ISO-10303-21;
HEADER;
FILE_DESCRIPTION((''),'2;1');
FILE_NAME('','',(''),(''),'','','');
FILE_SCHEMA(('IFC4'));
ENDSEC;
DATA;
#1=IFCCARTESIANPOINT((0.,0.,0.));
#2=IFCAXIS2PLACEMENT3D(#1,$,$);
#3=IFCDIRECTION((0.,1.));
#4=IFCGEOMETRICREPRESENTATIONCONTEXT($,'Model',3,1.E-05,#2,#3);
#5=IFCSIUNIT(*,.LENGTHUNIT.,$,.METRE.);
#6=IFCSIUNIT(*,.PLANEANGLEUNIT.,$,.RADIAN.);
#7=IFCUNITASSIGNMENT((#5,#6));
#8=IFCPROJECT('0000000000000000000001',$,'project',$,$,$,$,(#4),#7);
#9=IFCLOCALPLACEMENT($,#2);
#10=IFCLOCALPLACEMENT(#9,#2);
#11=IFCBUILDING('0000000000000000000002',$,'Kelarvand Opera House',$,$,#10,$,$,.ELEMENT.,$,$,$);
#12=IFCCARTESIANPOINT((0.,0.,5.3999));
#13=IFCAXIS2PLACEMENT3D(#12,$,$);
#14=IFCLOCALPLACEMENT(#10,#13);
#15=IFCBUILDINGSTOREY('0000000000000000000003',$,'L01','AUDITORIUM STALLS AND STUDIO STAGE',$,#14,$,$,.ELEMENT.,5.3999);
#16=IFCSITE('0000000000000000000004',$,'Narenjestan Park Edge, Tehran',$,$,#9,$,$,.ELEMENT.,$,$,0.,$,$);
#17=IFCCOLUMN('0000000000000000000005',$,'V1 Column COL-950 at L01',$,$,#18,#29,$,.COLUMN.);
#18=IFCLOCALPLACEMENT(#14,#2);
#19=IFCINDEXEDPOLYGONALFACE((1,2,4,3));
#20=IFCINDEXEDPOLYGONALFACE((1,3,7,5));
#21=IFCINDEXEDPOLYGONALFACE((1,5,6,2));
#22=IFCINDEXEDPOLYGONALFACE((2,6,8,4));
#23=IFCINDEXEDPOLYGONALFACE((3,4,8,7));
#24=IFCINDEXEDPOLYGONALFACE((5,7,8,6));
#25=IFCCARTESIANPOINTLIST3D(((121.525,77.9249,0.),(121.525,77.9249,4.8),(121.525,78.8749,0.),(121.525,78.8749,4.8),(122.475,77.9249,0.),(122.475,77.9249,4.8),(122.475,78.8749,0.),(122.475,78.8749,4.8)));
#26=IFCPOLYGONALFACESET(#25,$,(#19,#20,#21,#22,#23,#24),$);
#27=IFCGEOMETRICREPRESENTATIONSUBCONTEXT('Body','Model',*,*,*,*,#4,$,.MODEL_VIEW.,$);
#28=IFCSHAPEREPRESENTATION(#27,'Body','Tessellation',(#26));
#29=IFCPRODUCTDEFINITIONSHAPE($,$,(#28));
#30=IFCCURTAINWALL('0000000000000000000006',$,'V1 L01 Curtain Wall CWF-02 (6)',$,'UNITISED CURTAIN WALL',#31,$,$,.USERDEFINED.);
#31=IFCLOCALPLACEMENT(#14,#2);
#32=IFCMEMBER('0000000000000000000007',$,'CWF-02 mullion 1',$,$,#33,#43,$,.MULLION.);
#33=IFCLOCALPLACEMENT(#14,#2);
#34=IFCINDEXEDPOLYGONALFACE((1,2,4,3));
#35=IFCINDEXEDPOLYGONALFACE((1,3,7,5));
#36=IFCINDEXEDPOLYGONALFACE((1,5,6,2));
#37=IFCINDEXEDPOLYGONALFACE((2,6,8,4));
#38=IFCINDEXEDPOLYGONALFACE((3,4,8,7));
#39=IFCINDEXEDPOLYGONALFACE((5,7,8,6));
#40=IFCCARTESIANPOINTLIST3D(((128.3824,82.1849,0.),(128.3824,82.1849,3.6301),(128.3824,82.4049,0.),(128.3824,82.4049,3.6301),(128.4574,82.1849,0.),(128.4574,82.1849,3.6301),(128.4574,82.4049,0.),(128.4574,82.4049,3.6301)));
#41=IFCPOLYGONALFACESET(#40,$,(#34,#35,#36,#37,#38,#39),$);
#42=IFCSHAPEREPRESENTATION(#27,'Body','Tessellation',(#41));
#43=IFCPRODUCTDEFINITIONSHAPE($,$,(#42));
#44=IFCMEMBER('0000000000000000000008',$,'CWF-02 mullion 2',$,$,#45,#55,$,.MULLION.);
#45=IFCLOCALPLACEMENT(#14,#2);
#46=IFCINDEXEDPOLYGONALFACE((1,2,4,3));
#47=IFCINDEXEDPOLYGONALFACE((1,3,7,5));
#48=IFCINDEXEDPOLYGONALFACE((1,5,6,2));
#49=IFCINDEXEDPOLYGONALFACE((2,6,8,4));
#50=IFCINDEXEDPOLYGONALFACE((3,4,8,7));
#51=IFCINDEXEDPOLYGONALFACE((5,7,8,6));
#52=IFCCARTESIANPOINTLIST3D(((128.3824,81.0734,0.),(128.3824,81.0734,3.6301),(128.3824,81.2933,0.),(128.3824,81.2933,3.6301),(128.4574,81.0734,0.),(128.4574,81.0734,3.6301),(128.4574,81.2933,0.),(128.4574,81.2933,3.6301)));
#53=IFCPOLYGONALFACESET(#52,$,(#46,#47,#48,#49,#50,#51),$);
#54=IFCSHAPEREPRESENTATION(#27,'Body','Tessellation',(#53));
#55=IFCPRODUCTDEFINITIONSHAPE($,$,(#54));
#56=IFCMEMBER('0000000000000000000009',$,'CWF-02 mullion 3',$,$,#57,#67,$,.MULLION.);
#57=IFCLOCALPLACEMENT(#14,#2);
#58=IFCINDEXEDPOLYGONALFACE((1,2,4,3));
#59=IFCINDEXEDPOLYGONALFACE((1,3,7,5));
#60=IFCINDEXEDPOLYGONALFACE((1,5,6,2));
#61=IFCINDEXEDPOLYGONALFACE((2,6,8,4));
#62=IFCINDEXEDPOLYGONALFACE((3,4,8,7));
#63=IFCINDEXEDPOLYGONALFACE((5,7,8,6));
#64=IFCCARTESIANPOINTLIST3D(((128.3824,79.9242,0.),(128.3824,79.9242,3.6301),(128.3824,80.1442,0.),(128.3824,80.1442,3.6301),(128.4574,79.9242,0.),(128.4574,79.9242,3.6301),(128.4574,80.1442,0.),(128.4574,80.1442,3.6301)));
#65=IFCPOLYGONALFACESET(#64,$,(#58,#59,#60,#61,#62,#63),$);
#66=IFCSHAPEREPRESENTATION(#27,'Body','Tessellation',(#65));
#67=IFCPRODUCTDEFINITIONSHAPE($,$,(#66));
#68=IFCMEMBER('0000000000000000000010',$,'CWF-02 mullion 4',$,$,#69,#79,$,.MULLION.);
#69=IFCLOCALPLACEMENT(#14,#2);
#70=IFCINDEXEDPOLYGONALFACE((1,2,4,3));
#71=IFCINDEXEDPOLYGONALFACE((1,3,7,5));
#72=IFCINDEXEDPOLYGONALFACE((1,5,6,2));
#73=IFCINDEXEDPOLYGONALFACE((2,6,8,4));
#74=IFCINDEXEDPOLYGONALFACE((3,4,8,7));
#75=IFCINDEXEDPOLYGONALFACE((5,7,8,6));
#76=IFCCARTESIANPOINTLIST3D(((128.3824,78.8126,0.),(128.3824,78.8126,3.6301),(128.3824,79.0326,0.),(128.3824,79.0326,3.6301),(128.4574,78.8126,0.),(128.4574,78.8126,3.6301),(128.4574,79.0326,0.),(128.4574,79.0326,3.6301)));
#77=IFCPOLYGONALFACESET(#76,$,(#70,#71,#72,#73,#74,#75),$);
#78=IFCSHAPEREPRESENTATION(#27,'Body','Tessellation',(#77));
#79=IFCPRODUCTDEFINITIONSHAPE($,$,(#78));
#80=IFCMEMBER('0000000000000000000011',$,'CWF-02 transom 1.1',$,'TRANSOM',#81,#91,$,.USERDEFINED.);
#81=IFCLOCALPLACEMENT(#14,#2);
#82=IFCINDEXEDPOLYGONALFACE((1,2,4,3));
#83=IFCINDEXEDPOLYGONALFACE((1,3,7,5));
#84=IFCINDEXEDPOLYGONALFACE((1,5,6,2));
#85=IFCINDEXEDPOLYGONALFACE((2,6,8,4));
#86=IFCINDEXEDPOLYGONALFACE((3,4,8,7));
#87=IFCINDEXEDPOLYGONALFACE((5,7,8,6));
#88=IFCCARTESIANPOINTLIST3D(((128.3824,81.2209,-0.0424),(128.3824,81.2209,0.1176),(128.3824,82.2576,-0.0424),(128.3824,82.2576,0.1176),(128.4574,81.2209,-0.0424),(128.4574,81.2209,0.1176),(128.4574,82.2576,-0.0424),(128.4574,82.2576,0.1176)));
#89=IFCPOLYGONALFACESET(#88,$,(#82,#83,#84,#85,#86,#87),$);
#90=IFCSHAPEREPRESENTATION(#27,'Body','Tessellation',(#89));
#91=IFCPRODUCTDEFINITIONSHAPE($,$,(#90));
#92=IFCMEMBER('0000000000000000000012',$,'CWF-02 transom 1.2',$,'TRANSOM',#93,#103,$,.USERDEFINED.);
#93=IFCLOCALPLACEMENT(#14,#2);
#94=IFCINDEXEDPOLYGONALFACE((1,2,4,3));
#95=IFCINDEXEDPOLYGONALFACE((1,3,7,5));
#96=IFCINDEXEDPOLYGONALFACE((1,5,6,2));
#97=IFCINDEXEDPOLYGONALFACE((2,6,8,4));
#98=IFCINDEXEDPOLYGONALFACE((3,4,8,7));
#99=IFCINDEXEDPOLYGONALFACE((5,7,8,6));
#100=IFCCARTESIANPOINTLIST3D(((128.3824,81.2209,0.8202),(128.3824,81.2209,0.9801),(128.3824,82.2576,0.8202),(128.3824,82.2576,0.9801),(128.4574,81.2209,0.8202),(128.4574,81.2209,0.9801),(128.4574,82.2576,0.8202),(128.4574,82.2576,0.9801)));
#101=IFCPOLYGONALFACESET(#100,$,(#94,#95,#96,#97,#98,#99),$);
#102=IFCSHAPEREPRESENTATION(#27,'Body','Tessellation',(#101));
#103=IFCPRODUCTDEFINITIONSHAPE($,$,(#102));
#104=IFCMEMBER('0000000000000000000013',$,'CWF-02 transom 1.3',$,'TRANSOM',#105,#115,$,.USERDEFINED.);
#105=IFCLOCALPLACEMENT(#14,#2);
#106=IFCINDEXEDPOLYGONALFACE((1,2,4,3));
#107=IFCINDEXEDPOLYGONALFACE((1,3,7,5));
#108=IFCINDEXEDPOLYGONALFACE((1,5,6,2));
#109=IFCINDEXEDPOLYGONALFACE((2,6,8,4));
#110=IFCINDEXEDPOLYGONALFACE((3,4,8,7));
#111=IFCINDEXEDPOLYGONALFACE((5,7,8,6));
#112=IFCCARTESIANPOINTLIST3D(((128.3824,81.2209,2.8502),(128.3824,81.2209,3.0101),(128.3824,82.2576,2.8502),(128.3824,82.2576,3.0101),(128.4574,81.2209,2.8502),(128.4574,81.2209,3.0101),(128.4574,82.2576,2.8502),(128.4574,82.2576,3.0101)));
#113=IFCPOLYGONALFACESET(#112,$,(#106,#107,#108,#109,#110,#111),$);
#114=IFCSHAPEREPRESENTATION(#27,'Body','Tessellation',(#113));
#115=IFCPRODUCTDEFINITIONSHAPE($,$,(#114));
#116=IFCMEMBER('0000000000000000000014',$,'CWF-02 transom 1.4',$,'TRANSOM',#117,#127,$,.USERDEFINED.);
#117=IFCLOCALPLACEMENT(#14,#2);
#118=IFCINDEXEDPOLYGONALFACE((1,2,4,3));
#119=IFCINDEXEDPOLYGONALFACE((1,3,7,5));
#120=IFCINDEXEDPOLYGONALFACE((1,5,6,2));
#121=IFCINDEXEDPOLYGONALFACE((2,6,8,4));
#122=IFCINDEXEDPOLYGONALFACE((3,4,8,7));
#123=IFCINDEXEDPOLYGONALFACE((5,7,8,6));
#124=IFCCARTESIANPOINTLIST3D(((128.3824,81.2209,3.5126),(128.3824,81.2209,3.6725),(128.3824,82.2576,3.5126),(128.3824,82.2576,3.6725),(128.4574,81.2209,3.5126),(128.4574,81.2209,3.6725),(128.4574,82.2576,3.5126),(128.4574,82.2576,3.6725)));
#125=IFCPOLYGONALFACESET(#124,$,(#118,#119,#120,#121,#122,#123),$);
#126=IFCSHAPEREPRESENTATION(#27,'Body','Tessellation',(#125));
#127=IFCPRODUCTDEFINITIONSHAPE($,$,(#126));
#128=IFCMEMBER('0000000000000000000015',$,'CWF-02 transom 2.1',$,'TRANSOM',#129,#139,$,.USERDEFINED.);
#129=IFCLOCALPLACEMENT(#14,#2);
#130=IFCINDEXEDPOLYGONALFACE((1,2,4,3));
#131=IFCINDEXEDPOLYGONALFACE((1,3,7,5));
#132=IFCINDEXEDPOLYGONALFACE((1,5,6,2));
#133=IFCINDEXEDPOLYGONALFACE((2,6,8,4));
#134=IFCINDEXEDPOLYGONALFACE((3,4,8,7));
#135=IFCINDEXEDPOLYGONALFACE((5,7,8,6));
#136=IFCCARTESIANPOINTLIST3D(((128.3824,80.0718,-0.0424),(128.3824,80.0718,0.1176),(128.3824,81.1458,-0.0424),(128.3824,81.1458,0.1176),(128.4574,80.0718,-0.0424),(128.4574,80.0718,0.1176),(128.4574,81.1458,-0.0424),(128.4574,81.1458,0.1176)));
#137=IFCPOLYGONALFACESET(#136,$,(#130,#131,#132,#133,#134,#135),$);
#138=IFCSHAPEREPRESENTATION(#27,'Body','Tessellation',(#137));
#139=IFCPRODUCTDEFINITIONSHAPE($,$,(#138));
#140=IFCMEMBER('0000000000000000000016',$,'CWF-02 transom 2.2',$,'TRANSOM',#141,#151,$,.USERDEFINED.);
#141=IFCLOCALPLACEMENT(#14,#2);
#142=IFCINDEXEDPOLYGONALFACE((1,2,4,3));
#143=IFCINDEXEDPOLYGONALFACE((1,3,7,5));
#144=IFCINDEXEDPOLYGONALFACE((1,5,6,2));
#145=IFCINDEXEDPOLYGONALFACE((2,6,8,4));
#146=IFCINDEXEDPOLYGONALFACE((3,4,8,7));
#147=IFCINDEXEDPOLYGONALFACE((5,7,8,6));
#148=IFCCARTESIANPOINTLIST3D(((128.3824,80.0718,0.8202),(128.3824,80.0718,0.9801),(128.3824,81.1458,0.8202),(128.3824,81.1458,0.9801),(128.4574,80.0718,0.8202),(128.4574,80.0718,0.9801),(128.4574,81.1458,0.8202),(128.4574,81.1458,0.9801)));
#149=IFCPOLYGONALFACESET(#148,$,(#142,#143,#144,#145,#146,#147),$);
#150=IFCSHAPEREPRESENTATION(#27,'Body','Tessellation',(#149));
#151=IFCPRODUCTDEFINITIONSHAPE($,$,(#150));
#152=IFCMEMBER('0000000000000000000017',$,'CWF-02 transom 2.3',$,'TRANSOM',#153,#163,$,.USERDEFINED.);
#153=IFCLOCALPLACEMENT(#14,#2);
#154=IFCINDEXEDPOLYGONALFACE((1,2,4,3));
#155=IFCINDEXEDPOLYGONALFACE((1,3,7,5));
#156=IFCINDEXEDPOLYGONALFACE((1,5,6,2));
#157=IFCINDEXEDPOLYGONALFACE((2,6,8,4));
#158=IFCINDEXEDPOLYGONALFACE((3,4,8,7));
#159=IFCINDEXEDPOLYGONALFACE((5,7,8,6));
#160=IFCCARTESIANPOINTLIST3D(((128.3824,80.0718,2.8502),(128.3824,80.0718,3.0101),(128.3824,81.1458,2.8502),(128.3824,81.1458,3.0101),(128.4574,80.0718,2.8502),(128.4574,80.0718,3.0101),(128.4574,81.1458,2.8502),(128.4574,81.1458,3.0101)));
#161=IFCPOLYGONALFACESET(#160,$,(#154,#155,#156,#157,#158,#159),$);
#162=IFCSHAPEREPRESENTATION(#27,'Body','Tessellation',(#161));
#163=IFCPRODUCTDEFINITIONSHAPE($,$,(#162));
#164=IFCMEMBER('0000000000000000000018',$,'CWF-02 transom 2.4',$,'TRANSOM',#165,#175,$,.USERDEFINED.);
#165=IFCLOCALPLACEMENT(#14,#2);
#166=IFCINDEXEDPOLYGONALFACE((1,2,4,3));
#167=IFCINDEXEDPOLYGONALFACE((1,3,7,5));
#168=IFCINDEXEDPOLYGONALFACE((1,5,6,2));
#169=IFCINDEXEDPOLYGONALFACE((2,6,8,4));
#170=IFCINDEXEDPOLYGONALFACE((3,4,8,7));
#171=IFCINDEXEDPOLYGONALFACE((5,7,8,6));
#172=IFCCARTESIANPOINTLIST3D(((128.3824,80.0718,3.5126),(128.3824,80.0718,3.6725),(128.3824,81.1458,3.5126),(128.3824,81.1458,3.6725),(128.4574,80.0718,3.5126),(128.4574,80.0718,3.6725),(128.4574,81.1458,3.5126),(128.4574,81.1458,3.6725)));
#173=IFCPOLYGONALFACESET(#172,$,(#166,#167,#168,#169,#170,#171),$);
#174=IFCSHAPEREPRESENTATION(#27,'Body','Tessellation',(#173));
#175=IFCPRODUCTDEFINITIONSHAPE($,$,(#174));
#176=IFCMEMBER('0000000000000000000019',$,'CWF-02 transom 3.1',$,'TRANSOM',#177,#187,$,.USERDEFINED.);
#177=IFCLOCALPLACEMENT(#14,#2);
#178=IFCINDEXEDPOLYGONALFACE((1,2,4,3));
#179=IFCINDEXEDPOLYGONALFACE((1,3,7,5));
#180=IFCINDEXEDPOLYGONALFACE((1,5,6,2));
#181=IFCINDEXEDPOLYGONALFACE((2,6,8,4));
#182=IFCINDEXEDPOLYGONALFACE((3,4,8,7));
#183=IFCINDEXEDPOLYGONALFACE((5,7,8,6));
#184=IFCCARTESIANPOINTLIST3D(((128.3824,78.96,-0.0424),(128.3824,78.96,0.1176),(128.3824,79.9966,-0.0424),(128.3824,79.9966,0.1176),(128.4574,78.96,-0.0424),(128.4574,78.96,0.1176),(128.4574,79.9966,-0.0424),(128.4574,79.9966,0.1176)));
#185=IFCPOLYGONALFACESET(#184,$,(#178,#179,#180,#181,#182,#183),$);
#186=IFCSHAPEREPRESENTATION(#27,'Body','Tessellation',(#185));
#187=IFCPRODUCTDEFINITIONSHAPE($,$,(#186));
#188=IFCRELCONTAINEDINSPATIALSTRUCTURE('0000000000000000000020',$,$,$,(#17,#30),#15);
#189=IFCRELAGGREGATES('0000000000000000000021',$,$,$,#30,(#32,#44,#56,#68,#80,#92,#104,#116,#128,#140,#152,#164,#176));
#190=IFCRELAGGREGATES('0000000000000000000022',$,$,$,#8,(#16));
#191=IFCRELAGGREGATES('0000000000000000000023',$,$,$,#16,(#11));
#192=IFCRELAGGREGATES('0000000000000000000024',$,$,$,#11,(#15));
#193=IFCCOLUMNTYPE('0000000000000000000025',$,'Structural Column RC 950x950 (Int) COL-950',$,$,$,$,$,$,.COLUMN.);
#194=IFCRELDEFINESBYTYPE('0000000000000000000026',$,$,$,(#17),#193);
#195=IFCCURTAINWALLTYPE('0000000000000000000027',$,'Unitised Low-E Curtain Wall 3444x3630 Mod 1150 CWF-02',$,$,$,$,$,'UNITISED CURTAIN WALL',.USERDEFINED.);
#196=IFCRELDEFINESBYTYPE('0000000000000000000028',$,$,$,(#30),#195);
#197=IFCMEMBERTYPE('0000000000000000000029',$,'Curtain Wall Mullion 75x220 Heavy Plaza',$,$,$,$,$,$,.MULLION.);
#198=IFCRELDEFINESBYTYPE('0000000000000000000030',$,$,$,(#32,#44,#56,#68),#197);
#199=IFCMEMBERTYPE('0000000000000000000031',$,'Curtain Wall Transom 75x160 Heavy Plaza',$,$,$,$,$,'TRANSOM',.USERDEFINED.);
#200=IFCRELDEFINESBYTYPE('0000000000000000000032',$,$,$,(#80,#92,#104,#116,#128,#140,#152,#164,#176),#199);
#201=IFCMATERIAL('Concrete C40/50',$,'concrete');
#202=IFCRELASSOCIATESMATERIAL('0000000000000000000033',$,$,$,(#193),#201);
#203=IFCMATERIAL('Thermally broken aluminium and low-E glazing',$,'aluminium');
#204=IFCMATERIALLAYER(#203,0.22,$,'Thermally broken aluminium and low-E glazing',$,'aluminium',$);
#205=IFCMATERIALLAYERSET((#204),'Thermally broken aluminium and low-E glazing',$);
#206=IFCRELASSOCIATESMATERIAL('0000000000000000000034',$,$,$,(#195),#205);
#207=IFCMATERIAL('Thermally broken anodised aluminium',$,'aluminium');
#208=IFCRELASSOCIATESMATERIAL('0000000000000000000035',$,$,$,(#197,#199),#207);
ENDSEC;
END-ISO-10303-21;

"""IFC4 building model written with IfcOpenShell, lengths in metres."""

from ifc_helpers import new_model, si_unit, direction, frame, origin, origin_2d, place, context, subcontext, project, spatial, rectangle, extrude, material, layer, layer_set, material_profile, profile_set, type_object, element, aggregate, save


model = new_model("IFC4")

# Units and contexts
model_context = context("Model", 3, precision=1e-05, world=origin(), true_north=direction((0.0, 1.0)))
body_context = subcontext(model_context, "Body", "Model", "MODEL_VIEW")
ifc_project = project(units=[si_unit("LENGTHUNIT", "METRE"), si_unit("PLANEANGLEUNIT", "RADIAN")], contexts=[model_context])

# Site, building, storey
site_placement = place(None, origin())
site = spatial("IfcSite", under=ifc_project, at=site_placement, Name="Narenjestan Park Edge, Tehran", CompositionType="ELEMENT", RefElevation=0.0)
building_placement = place(site_placement, origin())
building = spatial("IfcBuilding", under=site, at=building_placement, Name="Kelarvand Opera House", CompositionType="ELEMENT")
storey_placement = place(building_placement, frame((0.0, 0.0, 5.3999)))
storey = spatial("IfcBuildingStorey", under=building, at=storey_placement, Name="L01", Description="AUDITORIUM STALLS AND STUDIO STAGE", CompositionType="ELEMENT", Elevation=5.3999)

# Column
ifc_material_1 = material(Name="Concrete C40/50", Category="concrete")
ifc_material_profile_1 = material_profile(ifc_material_1, rectangle(XDim=0.95, YDim=0.95, at=origin_2d()), Name="RC 950x950", Category="concrete")
ifc_profile_set_1 = profile_set([ifc_material_profile_1], Name="Concrete C40/50")
column_type = type_object("IfcColumnType", Name="Structural Column RC 950x950 (Int) COL-950", PredefinedType="COLUMN", material=ifc_profile_set_1)
column_placement = place(storey_placement, frame((122.0, 78.3999, 0.0), z_axis=(0.0, 0.0, 1.0), x_axis=(1.0, 0.0, 0.0)))
element("IfcColumn", 1, at=column_placement, inside=storey, type_object=column_type, Name="V1 Column COL-950 at L01", PredefinedType="COLUMN", context=body_context, shape_type="SweptSolid", body=[
    extrude(rectangle(XDim=0.95, YDim=0.95, at=origin_2d()), origin(), (0.0, 0.0, 1.0), 4.8),
])

# Curtain wall, members
ifc_material_2 = material(Name="Thermally broken aluminium and low-E glazing", Category="aluminium")
ifc_layer_1 = layer(ifc_material_2, 0.22, Name="Thermally broken aluminium and low-E glazing", Category="aluminium")
ifc_layer_set_1 = layer_set([ifc_layer_1], Name="Thermally broken aluminium and low-E glazing")
curtain_wall_type = type_object("IfcCurtainWallType", Name="Unitised Low-E Curtain Wall 3444x3630 Mod 1150 CWF-02", ElementType="UNITISED CURTAIN WALL", PredefinedType="USERDEFINED", material=ifc_layer_set_1)
curtain_wall_placement = place(storey_placement, origin())
curtain_wall = element("IfcCurtainWall", 2, at=curtain_wall_placement, inside=storey, type_object=curtain_wall_type, Name="V1 L01 Curtain Wall CWF-02 (6)", ObjectType="UNITISED CURTAIN WALL", PredefinedType="USERDEFINED")
ifc_material_3 = material(Name="Thermally broken anodised aluminium", Category="aluminium")
ifc_material_profile_2 = material_profile(ifc_material_3, rectangle(XDim=0.075, YDim=0.22, at=origin_2d()), Name="ALU MULLION 75x220", Category="aluminium")
ifc_profile_set_2 = profile_set([ifc_material_profile_2], Name="Thermally broken anodised aluminium")
member_type_1 = type_object("IfcMemberType", Name="Curtain Wall Mullion 75x220 Heavy Plaza", PredefinedType="MULLION", material=ifc_profile_set_2)
member_1_placement = place(storey_placement, frame((128.4199, 82.2949, 0.0), z_axis=(0.0, 0.0, 1.0), x_axis=(1.0, 0.0, 0.0)))
member_1 = element("IfcMember", 3, at=member_1_placement, type_object=member_type_1, Name="CWF-02 mullion 1", PredefinedType="MULLION", context=body_context, shape_type="SweptSolid", body=[
    extrude(rectangle(XDim=0.075, YDim=0.22, at=origin_2d()), origin(), (0.0, 0.0, 1.0), 3.6301),
])
member_2_placement = place(storey_placement, frame((128.4199, 81.1833, 0.0), z_axis=(0.0, 0.0, 1.0), x_axis=(1.0, 0.0, 0.0)))
member_2 = element("IfcMember", 4, at=member_2_placement, type_object=member_type_1, Name="CWF-02 mullion 2", PredefinedType="MULLION", context=body_context, shape_type="SweptSolid", body=[
    extrude(rectangle(XDim=0.075, YDim=0.22, at=origin_2d()), origin(), (0.0, 0.0, 1.0), 3.6301),
])
member_3_placement = place(storey_placement, frame((128.4199, 80.0342, 0.0), z_axis=(0.0, 0.0, 1.0), x_axis=(1.0, 0.0, 0.0)))
member_3 = element("IfcMember", 5, at=member_3_placement, type_object=member_type_1, Name="CWF-02 mullion 3", PredefinedType="MULLION", context=body_context, shape_type="SweptSolid", body=[
    extrude(rectangle(XDim=0.075, YDim=0.22, at=origin_2d()), origin(), (0.0, 0.0, 1.0), 3.6301),
])
member_4_placement = place(storey_placement, frame((128.4199, 78.9226, 0.0), z_axis=(0.0, 0.0, 1.0), x_axis=(1.0, 0.0, 0.0)))
member_4 = element("IfcMember", 6, at=member_4_placement, type_object=member_type_1, Name="CWF-02 mullion 4", PredefinedType="MULLION", context=body_context, shape_type="SweptSolid", body=[
    extrude(rectangle(XDim=0.075, YDim=0.22, at=origin_2d()), origin(), (0.0, 0.0, 1.0), 3.6301),
])
ifc_material_profile_3 = material_profile(ifc_material_3, rectangle(XDim=0.075, YDim=0.1599, at=origin_2d()), Name="ALU TRANSOM 75x160", Category="aluminium")
ifc_profile_set_3 = profile_set([ifc_material_profile_3], Name="Thermally broken anodised aluminium")
member_type_2 = type_object("IfcMemberType", Name="Curtain Wall Transom 75x160 Heavy Plaza", ElementType="TRANSOM", PredefinedType="USERDEFINED", material=ifc_profile_set_3)
member_5_placement = place(storey_placement, frame((128.4199, 82.2576, 0.0376), z_axis=(0.0, -1.0, 0.0), x_axis=(1.0, 0.0, 0.0)))
member_5 = element("IfcMember", 7, at=member_5_placement, type_object=member_type_2, Name="CWF-02 transom 1.1", ObjectType="TRANSOM", PredefinedType="USERDEFINED", context=body_context, shape_type="SweptSolid", body=[
    extrude(rectangle(XDim=0.075, YDim=0.1599, at=origin_2d()), origin(), (0.0, 0.0, 1.0), 1.0366),
])
member_6_placement = place(storey_placement, frame((128.4199, 82.2576, 0.9001), z_axis=(0.0, -1.0, 0.0), x_axis=(1.0, 0.0, 0.0)))
member_6 = element("IfcMember", 8, at=member_6_placement, type_object=member_type_2, Name="CWF-02 transom 1.2", ObjectType="TRANSOM", PredefinedType="USERDEFINED", context=body_context, shape_type="SweptSolid", body=[
    extrude(rectangle(XDim=0.075, YDim=0.1599, at=origin_2d()), origin(), (0.0, 0.0, 1.0), 1.0366),
])
member_7_placement = place(storey_placement, frame((128.4199, 82.2576, 2.9302), z_axis=(0.0, -1.0, 0.0), x_axis=(1.0, 0.0, 0.0)))
member_7 = element("IfcMember", 9, at=member_7_placement, type_object=member_type_2, Name="CWF-02 transom 1.3", ObjectType="TRANSOM", PredefinedType="USERDEFINED", context=body_context, shape_type="SweptSolid", body=[
    extrude(rectangle(XDim=0.075, YDim=0.1599, at=origin_2d()), origin(), (0.0, 0.0, 1.0), 1.0366),
])
member_8_placement = place(storey_placement, frame((128.4199, 82.2576, 3.5925), z_axis=(0.0, -1.0, 0.0), x_axis=(1.0, 0.0, 0.0)))
member_8 = element("IfcMember", 10, at=member_8_placement, type_object=member_type_2, Name="CWF-02 transom 1.4", ObjectType="TRANSOM", PredefinedType="USERDEFINED", context=body_context, shape_type="SweptSolid", body=[
    extrude(rectangle(XDim=0.075, YDim=0.1599, at=origin_2d()), origin(), (0.0, 0.0, 1.0), 1.0366),
])
member_9_placement = place(storey_placement, frame((128.4199, 81.1458, 0.0376), z_axis=(0.0, -1.0, 0.0), x_axis=(1.0, 0.0, 0.0)))
member_9 = element("IfcMember", 11, at=member_9_placement, type_object=member_type_2, Name="CWF-02 transom 2.1", ObjectType="TRANSOM", PredefinedType="USERDEFINED", context=body_context, shape_type="SweptSolid", body=[
    extrude(rectangle(XDim=0.075, YDim=0.1599, at=origin_2d()), origin(), (0.0, 0.0, 1.0), 1.074),
])
member_10_placement = place(storey_placement, frame((128.4199, 81.1458, 0.9001), z_axis=(0.0, -1.0, 0.0), x_axis=(1.0, 0.0, 0.0)))
member_10 = element("IfcMember", 12, at=member_10_placement, type_object=member_type_2, Name="CWF-02 transom 2.2", ObjectType="TRANSOM", PredefinedType="USERDEFINED", context=body_context, shape_type="SweptSolid", body=[
    extrude(rectangle(XDim=0.075, YDim=0.1599, at=origin_2d()), origin(), (0.0, 0.0, 1.0), 1.074),
])
member_11_placement = place(storey_placement, frame((128.4199, 81.1458, 2.9302), z_axis=(0.0, -1.0, 0.0), x_axis=(1.0, 0.0, 0.0)))
member_11 = element("IfcMember", 13, at=member_11_placement, type_object=member_type_2, Name="CWF-02 transom 2.3", ObjectType="TRANSOM", PredefinedType="USERDEFINED", context=body_context, shape_type="SweptSolid", body=[
    extrude(rectangle(XDim=0.075, YDim=0.1599, at=origin_2d()), origin(), (0.0, 0.0, 1.0), 1.074),
])
member_12_placement = place(storey_placement, frame((128.4199, 81.1458, 3.5925), z_axis=(0.0, -1.0, 0.0), x_axis=(1.0, 0.0, 0.0)))
member_12 = element("IfcMember", 14, at=member_12_placement, type_object=member_type_2, Name="CWF-02 transom 2.4", ObjectType="TRANSOM", PredefinedType="USERDEFINED", context=body_context, shape_type="SweptSolid", body=[
    extrude(rectangle(XDim=0.075, YDim=0.1599, at=origin_2d()), origin(), (0.0, 0.0, 1.0), 1.074),
])
member_13_placement = place(storey_placement, frame((128.4199, 79.9966, 0.0376), z_axis=(0.0, -1.0, 0.0), x_axis=(1.0, 0.0, 0.0)))
member_13 = element("IfcMember", 15, at=member_13_placement, type_object=member_type_2, Name="CWF-02 transom 3.1", ObjectType="TRANSOM", PredefinedType="USERDEFINED", context=body_context, shape_type="SweptSolid", body=[
    extrude(rectangle(XDim=0.075, YDim=0.1599, at=origin_2d()), origin(), (0.0, 0.0, 1.0), 1.0366),
])

aggregate(curtain_wall, [member_1, member_2, member_3, member_4, member_5, member_6, member_7, member_8, member_9, member_10, member_11, member_12, member_13])

save(model, "model.ifc")
